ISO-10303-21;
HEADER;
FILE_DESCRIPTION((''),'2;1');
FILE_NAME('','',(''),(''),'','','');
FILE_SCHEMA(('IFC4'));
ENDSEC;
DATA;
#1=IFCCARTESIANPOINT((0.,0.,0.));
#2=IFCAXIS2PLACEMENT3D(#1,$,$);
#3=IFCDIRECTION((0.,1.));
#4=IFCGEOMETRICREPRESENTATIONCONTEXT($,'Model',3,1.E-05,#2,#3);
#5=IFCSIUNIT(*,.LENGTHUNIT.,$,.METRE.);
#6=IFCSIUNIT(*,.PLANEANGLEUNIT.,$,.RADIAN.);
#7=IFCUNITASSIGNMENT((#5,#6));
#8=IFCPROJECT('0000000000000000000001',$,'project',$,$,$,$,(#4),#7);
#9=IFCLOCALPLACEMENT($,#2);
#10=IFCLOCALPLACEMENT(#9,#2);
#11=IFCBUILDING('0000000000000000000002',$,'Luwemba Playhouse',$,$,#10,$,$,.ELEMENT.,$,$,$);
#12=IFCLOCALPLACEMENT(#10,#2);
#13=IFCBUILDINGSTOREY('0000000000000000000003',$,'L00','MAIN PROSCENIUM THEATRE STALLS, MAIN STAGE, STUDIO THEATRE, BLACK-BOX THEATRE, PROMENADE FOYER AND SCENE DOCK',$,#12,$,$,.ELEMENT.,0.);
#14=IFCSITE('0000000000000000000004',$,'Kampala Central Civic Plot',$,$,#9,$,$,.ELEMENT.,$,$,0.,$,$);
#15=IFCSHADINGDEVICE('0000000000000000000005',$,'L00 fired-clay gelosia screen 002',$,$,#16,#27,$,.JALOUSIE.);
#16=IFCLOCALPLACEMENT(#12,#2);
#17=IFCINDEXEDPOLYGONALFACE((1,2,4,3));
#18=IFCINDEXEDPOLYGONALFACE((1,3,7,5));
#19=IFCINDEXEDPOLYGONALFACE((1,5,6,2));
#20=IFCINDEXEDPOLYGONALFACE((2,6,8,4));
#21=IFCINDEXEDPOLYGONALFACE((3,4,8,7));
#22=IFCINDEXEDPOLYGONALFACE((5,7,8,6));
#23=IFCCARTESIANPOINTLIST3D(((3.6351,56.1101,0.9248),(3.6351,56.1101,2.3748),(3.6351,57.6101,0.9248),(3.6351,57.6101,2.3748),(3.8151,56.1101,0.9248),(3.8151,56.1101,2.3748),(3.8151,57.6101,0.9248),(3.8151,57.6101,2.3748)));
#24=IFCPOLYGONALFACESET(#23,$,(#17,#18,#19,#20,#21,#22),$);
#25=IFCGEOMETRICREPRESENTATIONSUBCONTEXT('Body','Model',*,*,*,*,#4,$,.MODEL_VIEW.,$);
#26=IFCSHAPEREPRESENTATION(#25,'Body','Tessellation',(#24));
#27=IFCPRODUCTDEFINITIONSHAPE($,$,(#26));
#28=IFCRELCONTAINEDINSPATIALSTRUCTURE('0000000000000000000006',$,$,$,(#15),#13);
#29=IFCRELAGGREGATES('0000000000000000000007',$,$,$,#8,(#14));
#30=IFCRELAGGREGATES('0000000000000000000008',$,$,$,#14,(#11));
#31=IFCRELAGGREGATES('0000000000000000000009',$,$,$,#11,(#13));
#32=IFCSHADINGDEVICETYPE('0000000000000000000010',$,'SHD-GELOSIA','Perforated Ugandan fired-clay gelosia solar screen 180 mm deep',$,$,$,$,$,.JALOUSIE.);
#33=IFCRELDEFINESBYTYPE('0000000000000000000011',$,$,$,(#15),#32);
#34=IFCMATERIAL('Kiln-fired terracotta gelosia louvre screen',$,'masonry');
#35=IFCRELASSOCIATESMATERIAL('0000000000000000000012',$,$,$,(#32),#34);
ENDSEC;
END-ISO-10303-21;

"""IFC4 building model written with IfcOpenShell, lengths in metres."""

from ifc_helpers import new_model, si_unit, direction, frame, origin, origin_2d, place, context, subcontext, project, spatial, rectangle, extrude, material, type_object, element, save


model = new_model("IFC4")

# Units and contexts
model_context = context("Model", 3, precision=1e-05, world=origin(), true_north=direction((0.0, 1.0)))
body_context = subcontext(model_context, "Body", "Model", "MODEL_VIEW")
ifc_project = project(units=[si_unit("LENGTHUNIT", "METRE"), si_unit("PLANEANGLEUNIT", "RADIAN")], contexts=[model_context])

# Site, building, storey
site_placement = place(None, origin())
site = spatial("IfcSite", under=ifc_project, at=site_placement, Name="Kampala Central Civic Plot", CompositionType="ELEMENT", RefElevation=0.0)
building_placement = place(site_placement, origin())
building = spatial("IfcBuilding", under=site, at=building_placement, Name="Luwemba Playhouse", CompositionType="ELEMENT")
storey_placement = place(building_placement, origin())
storey = spatial("IfcBuildingStorey", under=building, at=storey_placement, Name="L00", Description="MAIN PROSCENIUM THEATRE STALLS, MAIN STAGE, STUDIO THEATRE, BLACK-BOX THEATRE, PROMENADE FOYER AND SCENE DOCK", CompositionType="ELEMENT", Elevation=0.0)

# Shading device
ifc_material_1 = material(Name="Kiln-fired terracotta gelosia louvre screen", Category="masonry")
shading_device_type = type_object("IfcShadingDeviceType", Name="SHD-GELOSIA", Description="Perforated Ugandan fired-clay gelosia solar screen 180 mm deep", PredefinedType="JALOUSIE", material=ifc_material_1)
shading_device_placement = place(storey_placement, frame((3.7251, 56.8601, 0.9248), z_axis=(0.0, 0.0, 1.0), x_axis=(0.0, 1.0, 0.0)))
element("IfcShadingDevice", 1, at=shading_device_placement, inside=storey, type_object=shading_device_type, Name="L00 fired-clay gelosia screen 002", PredefinedType="JALOUSIE", context=body_context, shape_type="SweptSolid", body=[
    extrude(rectangle(XDim=1.5, YDim=0.1799, at=origin_2d()), origin(), (0.0, 0.0, 1.0), 1.45),
])

save(model, "model.ifc")
